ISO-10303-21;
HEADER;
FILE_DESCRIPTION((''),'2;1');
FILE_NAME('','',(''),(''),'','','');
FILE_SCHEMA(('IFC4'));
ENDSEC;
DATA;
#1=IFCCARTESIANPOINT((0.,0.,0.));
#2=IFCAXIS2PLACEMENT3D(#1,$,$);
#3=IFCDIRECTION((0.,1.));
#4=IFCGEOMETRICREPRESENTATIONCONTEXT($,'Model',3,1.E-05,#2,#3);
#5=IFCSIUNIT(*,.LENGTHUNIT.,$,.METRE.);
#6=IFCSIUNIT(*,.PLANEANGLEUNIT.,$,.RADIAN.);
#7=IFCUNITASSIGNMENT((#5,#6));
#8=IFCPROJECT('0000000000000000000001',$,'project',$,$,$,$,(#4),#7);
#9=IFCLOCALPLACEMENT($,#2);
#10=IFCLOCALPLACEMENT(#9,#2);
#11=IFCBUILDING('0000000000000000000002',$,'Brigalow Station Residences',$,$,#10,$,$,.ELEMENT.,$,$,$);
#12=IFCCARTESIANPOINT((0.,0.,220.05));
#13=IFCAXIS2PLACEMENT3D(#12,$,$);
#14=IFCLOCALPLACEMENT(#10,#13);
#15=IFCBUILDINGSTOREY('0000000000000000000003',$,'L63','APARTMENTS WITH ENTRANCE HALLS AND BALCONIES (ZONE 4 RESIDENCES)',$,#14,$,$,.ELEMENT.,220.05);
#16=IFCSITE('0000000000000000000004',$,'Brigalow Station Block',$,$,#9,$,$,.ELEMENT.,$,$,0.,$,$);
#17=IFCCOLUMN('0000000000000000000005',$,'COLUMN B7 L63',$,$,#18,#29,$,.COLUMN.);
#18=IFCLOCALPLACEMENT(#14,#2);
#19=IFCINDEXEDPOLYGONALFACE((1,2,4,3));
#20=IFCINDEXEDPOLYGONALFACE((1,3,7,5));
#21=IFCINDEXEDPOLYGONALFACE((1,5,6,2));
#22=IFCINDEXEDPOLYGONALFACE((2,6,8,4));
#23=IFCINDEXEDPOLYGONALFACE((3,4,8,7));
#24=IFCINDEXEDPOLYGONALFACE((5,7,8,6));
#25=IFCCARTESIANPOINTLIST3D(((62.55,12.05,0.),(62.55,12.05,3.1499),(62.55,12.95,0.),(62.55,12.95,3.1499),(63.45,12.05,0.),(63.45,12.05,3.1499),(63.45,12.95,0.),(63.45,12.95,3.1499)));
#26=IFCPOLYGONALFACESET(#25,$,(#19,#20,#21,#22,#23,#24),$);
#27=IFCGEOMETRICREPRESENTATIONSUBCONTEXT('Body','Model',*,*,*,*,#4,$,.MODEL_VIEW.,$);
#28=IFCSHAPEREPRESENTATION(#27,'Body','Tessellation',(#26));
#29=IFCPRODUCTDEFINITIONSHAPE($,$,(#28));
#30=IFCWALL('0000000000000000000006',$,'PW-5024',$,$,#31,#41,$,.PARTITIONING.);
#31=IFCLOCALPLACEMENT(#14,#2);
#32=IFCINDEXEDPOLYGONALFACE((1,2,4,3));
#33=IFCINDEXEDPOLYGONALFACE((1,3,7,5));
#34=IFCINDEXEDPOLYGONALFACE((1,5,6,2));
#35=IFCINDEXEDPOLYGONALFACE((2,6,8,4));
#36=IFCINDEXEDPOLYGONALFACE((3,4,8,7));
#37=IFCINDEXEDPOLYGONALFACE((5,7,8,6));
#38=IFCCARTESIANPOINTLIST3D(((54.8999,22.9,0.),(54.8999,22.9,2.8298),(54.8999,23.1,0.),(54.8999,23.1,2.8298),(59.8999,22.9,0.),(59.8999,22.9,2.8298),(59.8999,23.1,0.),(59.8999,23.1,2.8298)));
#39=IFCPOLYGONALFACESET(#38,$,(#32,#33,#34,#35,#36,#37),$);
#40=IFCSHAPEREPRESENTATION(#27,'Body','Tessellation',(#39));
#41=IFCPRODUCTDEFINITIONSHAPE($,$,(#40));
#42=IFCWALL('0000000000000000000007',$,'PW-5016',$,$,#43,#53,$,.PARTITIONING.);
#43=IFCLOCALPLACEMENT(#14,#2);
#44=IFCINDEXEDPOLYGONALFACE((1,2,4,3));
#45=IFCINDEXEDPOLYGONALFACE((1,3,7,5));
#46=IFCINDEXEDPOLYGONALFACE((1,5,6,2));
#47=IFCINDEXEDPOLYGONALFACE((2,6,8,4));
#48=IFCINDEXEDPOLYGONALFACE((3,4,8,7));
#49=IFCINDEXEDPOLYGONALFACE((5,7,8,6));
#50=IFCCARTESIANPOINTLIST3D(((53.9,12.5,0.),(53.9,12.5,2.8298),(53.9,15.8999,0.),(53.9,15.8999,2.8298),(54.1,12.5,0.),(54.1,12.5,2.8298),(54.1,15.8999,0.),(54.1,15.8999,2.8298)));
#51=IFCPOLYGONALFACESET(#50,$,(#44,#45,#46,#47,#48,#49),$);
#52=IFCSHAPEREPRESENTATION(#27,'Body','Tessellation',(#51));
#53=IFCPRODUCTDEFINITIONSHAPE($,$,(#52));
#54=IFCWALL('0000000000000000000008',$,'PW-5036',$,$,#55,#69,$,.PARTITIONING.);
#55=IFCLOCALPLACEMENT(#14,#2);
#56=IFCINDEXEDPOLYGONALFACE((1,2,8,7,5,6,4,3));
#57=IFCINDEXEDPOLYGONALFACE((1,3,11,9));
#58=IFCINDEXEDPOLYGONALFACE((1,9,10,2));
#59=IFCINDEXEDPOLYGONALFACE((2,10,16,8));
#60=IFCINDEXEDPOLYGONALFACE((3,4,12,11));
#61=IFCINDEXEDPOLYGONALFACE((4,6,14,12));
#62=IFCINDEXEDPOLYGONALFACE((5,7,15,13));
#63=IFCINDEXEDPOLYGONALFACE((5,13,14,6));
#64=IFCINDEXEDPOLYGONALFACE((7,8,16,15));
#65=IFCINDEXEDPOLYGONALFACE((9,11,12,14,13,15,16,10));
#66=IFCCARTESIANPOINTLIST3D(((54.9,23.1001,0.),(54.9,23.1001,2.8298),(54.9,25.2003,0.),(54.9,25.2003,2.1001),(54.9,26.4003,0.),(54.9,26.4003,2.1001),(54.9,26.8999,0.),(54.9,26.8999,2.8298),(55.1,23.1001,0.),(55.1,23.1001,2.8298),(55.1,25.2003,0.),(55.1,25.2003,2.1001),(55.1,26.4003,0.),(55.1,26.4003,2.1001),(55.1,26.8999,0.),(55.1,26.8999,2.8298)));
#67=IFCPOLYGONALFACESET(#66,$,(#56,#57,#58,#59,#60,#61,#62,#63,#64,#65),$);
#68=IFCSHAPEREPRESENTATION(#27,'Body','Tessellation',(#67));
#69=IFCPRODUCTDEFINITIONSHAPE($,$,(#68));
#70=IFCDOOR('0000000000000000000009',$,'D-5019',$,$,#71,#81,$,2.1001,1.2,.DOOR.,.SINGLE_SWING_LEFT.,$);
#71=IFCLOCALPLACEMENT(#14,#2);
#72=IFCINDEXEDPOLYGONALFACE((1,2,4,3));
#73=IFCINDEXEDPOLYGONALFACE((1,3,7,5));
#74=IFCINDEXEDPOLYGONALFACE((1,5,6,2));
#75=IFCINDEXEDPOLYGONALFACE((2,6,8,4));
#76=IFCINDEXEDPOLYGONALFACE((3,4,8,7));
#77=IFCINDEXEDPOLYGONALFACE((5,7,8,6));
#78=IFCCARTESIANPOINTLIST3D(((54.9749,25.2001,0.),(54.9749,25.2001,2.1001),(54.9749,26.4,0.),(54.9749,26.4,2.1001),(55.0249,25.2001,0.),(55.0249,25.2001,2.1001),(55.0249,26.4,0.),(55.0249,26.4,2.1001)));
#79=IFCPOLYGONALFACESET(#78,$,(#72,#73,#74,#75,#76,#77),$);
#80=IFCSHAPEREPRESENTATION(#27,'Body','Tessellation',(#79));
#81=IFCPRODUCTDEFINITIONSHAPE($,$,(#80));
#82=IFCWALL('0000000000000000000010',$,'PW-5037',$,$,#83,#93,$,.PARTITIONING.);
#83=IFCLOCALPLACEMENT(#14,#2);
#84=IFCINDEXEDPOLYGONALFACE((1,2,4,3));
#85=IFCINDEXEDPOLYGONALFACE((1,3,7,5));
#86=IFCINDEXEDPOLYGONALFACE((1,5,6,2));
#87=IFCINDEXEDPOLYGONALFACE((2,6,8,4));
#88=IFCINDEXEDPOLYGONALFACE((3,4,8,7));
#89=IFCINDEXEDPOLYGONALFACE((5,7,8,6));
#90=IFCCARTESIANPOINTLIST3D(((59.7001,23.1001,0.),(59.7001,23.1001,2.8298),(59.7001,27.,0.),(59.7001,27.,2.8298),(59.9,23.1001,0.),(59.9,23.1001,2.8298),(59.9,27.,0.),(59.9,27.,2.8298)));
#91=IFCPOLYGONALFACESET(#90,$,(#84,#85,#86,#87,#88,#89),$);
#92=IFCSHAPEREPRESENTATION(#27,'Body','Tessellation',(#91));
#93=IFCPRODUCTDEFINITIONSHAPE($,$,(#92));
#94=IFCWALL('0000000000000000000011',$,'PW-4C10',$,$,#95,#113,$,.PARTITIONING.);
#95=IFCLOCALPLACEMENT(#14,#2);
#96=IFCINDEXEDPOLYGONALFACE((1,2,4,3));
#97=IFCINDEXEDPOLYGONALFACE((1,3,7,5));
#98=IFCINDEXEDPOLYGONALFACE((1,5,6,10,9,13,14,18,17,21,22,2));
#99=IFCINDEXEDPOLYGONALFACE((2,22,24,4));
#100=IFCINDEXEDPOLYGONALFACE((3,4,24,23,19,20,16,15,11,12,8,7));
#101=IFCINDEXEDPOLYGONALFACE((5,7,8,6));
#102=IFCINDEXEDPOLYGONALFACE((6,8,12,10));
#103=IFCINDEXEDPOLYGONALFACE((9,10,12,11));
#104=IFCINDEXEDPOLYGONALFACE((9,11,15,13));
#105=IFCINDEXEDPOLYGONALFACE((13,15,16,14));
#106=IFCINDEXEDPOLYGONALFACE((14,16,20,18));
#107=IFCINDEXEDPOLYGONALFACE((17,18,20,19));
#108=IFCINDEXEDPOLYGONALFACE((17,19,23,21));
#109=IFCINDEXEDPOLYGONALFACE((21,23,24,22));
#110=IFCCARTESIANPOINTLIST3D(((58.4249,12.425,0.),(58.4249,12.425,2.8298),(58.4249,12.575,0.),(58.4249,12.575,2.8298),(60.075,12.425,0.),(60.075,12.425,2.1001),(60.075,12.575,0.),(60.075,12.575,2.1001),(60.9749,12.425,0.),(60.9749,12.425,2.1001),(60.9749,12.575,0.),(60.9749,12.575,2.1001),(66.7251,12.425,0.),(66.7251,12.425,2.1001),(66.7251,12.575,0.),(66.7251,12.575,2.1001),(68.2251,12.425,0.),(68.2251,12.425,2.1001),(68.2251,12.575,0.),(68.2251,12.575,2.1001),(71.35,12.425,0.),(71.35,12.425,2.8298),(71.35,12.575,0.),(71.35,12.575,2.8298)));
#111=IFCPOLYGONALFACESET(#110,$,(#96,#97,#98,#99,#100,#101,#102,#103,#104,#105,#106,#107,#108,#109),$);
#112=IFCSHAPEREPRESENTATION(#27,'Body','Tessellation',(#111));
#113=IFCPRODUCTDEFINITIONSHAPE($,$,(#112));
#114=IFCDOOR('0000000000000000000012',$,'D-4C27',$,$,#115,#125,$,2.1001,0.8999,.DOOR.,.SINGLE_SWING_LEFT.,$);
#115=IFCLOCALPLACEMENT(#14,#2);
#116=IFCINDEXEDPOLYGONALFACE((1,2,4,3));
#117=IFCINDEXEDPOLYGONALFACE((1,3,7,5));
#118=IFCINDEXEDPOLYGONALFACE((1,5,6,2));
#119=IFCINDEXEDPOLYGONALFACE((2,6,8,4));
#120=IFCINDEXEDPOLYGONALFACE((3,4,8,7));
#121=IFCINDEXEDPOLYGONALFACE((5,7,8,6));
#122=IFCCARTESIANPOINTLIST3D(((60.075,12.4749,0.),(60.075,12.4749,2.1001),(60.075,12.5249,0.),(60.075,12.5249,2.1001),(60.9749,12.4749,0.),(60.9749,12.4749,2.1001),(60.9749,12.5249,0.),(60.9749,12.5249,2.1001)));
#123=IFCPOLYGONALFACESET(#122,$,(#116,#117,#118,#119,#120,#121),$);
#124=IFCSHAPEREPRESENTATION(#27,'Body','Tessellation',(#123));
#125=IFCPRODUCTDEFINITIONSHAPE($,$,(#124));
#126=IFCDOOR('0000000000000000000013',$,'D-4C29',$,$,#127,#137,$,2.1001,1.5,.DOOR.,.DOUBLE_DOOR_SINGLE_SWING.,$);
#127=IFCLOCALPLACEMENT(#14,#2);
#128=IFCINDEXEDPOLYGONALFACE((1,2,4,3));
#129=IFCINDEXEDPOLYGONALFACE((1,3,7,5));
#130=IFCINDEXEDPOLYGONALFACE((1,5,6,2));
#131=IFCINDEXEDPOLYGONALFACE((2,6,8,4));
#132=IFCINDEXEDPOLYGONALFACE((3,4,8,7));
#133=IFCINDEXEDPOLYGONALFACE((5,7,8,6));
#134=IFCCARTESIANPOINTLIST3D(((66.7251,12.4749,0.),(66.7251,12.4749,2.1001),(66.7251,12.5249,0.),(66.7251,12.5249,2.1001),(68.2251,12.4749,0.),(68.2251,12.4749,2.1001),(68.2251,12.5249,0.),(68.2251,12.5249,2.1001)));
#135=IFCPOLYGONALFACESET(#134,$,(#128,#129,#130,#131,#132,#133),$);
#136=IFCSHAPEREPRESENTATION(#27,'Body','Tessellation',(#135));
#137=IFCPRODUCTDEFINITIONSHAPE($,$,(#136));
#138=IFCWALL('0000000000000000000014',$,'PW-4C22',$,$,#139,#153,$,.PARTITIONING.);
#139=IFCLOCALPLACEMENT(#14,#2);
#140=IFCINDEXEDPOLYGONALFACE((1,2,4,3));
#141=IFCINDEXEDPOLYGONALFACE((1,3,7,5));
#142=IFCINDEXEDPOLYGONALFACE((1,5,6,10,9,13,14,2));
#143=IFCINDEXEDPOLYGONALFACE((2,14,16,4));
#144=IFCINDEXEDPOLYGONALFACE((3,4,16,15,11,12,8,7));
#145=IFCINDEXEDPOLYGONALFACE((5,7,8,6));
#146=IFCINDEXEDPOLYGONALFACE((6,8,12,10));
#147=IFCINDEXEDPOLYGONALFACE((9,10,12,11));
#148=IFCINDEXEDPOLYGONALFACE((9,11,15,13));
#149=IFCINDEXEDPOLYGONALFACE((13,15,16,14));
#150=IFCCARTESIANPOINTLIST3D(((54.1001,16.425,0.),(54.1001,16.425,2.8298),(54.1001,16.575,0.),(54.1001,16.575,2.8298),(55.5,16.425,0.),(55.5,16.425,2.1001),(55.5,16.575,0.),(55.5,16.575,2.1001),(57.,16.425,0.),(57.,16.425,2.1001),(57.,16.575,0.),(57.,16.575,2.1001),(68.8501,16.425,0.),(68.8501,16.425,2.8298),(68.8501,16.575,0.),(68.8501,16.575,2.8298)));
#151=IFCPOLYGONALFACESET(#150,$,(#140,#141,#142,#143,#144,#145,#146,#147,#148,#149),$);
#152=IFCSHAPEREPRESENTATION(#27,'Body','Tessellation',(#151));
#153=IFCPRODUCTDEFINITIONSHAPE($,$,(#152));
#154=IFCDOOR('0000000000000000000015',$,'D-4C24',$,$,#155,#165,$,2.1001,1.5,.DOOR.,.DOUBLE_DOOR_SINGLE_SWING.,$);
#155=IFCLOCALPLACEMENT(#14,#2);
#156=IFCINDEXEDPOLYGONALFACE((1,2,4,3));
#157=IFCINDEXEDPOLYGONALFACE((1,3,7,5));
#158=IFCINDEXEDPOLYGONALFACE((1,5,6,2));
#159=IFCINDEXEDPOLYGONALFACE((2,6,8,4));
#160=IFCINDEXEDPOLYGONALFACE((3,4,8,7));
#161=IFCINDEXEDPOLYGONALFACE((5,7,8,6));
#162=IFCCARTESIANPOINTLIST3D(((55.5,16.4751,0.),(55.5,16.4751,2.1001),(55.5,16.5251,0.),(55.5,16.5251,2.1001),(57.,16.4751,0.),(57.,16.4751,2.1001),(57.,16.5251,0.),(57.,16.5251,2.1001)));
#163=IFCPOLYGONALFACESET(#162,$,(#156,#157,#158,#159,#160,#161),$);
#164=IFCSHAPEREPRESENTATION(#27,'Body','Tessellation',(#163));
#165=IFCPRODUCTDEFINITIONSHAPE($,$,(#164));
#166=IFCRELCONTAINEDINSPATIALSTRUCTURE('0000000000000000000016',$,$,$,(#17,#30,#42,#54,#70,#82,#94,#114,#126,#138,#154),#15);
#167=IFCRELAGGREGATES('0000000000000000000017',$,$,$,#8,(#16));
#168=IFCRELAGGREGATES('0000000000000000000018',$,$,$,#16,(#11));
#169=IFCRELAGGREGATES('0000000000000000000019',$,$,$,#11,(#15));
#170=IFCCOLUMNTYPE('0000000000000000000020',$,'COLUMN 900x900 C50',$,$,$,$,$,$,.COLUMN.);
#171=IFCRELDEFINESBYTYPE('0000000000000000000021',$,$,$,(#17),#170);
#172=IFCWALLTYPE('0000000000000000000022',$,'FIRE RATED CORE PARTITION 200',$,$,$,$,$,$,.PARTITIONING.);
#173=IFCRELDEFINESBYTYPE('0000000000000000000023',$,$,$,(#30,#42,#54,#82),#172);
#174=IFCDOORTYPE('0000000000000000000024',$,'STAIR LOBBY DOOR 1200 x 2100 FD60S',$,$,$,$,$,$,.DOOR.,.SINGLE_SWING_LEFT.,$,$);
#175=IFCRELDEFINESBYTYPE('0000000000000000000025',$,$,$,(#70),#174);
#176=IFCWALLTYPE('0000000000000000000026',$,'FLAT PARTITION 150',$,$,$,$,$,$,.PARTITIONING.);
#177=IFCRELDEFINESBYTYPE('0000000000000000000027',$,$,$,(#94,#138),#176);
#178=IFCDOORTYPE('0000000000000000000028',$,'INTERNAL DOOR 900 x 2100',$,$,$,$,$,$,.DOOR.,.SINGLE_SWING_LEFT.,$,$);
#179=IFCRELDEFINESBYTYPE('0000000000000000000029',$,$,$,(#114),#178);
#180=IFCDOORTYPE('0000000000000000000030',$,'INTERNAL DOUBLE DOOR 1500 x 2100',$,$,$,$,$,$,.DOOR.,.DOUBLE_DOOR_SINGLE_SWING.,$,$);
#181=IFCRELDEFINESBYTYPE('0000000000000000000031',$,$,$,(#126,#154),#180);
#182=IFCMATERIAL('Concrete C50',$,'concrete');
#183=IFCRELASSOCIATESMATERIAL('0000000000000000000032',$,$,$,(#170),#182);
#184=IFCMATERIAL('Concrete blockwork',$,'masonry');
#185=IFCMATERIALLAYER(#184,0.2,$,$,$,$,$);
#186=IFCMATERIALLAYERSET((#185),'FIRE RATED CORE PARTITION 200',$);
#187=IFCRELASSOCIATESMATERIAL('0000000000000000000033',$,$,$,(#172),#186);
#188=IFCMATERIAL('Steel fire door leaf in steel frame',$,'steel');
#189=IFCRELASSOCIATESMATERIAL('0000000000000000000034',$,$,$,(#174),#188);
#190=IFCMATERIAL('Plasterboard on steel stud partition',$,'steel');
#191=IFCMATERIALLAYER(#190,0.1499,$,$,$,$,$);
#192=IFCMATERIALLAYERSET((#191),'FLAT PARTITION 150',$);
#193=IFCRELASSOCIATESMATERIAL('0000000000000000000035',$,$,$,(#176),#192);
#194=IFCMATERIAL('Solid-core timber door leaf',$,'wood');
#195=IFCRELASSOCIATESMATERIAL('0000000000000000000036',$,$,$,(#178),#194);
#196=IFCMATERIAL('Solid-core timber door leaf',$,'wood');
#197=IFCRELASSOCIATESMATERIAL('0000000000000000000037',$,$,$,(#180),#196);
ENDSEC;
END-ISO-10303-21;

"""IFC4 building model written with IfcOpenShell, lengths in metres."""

from ifc_helpers import new_model, si_unit, direction, frame, frame_2d, origin, origin_2d, place, context, subcontext, project, spatial, rectangle, extrude, material, layer, layer_set, material_profile, profile_set, type_object, element, fill, save


model = new_model("IFC4")

# Units and contexts
model_context = context("Model", 3, precision=1e-05, world=origin(), true_north=direction((0.0, 1.0)))
body_context = subcontext(model_context, "Body", "Model", "MODEL_VIEW")
ifc_project = project(units=[si_unit("LENGTHUNIT", "METRE"), si_unit("PLANEANGLEUNIT", "RADIAN")], contexts=[model_context])

# Site, building, storey
site_placement = place(None, origin())
site = spatial("IfcSite", under=ifc_project, at=site_placement, Name="Brigalow Station Block", CompositionType="ELEMENT", RefElevation=0.0)
building_placement = place(site_placement, origin())
building = spatial("IfcBuilding", under=site, at=building_placement, Name="Brigalow Station Residences", CompositionType="ELEMENT")
storey_placement = place(building_placement, frame((0.0, 0.0, 220.05)))
storey = spatial("IfcBuildingStorey", under=building, at=storey_placement, Name="L63", Description="APARTMENTS WITH ENTRANCE HALLS AND BALCONIES (ZONE 4 RESIDENCES)", CompositionType="ELEMENT", Elevation=220.05)

# Column
ifc_material_1 = material(Name="Concrete C50", Category="concrete")
ifc_material_profile = material_profile(ifc_material_1, rectangle(XDim=0.8999, YDim=0.8999, at=origin_2d()), Name="RC900x900")
ifc_profile_set = profile_set([ifc_material_profile], Name="Concrete C50")
column_type = type_object("IfcColumnType", Name="COLUMN 900x900 C50", PredefinedType="COLUMN", material=ifc_profile_set)
column_placement = place(storey_placement, frame((63.0, 12.5, 0.0), z_axis=(0.0, 0.0, 1.0), x_axis=(1.0, 0.0, 0.0)))
element("IfcColumn", 1, at=column_placement, inside=storey, type_object=column_type, Name="COLUMN B7 L63", PredefinedType="COLUMN", context=body_context, shape_type="SweptSolid", body=[
    extrude(rectangle(XDim=0.8999, YDim=0.8999, at=origin_2d()), origin(), (0.0, 0.0, 1.0), 3.1499),
])

# Walls
ifc_material_2 = material(Name="Concrete blockwork", Category="masonry")
ifc_layer_1 = layer(ifc_material_2, 0.2)
ifc_layer_set_1 = layer_set([ifc_layer_1], Name="FIRE RATED CORE PARTITION 200")
wall_type_1 = type_object("IfcWallType", Name="FIRE RATED CORE PARTITION 200", PredefinedType="PARTITIONING", material=ifc_layer_set_1)
wall_1_placement = place(storey_placement, frame((54.8999, 23.0, 0.0), z_axis=(0.0, 0.0, 1.0), x_axis=(1.0, 0.0, 0.0)))
element("IfcWall", 2, at=wall_1_placement, inside=storey, type_object=wall_type_1, Name="PW-5024", PredefinedType="PARTITIONING", context=body_context, shape_type="SweptSolid", body=[
    extrude(rectangle(XDim=5.0, YDim=0.2, at=frame_2d((2.5, 0.0))), origin(), (0.0, 0.0, 1.0), 2.8298),
])
wall_2_placement = place(storey_placement, frame((54.0, 12.5, 0.0), z_axis=(0.0, 0.0, 1.0), x_axis=(0.0, 1.0, 0.0)))
element("IfcWall", 3, at=wall_2_placement, inside=storey, type_object=wall_type_1, Name="PW-5016", PredefinedType="PARTITIONING", context=body_context, shape_type="SweptSolid", body=[
    extrude(rectangle(XDim=3.3999, YDim=0.2, at=frame_2d((1.7, 0.0))), origin(), (0.0, 0.0, 1.0), 2.8298),
])

# Wall, opening, door
wall_3_placement = place(storey_placement, frame((55.0, 23.1001, 0.0), z_axis=(0.0, 0.0, 1.0), x_axis=(0.0, 1.0, 0.0)))
wall_3 = element("IfcWall", 4, at=wall_3_placement, inside=storey, type_object=wall_type_1, Name="PW-5036", PredefinedType="PARTITIONING", context=body_context, shape_type="SweptSolid", body=[
    extrude(rectangle(XDim=3.7998, YDim=0.2, at=frame_2d((1.8999, 0.0))), origin(), (0.0, 0.0, 1.0), 2.8298),
])
opening_1_placement = place(wall_3_placement, frame((2.1001, 0.0, 0.0)))
opening_1 = element("IfcOpeningElement", 5, at=opening_1_placement, cuts=wall_3, PredefinedType="OPENING", context=body_context, shape_type="SweptSolid", body=[
    extrude(rectangle(XDim=1.2, YDim=2.1001, at=frame_2d((0.6001, 1.05))), frame((0.0, 0.1099, 0.0), z_axis=(0.0, -1.0, 0.0), x_axis=(1.0, 0.0, 0.0)), (0.0, 0.0, 1.0), 0.22),
])
ifc_material_3 = material(Name="Steel fire door leaf in steel frame", Category="steel")
door_type_1 = type_object("IfcDoorType", Name="STAIR LOBBY DOOR 1200 x 2100 FD60S", OperationType="SINGLE_SWING_LEFT", PredefinedType="DOOR", material=ifc_material_3)
door_1_placement = place(opening_1_placement, frame((1.2, 0.0, 0.0), z_axis=(0.0, 0.0, 1.0), x_axis=(-1.0, 0.0, 0.0)))
door_1 = element("IfcDoor", 6, at=door_1_placement, inside=storey, type_object=door_type_1, Name="D-5019", OperationType="SINGLE_SWING_LEFT", OverallHeight=2.1001, OverallWidth=1.2, PredefinedType="DOOR", context=body_context, shape_type="SweptSolid", body=[
    extrude(rectangle(XDim=1.2, YDim=2.1001, at=frame_2d((0.6001, 1.05))), frame((0.0, 0.0249, 0.0), z_axis=(0.0, -1.0, 0.0), x_axis=(1.0, 0.0, 0.0)), (0.0, 0.0, 1.0), 0.05),
])
fill(opening_1, door_1)

# Wall
wall_4_placement = place(storey_placement, frame((59.8, 23.1001, 0.0), z_axis=(0.0, 0.0, 1.0), x_axis=(0.0, 1.0, 0.0)))
element("IfcWall", 7, at=wall_4_placement, inside=storey, type_object=wall_type_1, Name="PW-5037", PredefinedType="PARTITIONING", context=body_context, shape_type="SweptSolid", body=[
    extrude(rectangle(XDim=3.8999, YDim=0.2, at=frame_2d((1.95, 0.0))), origin(), (0.0, 0.0, 1.0), 2.8298),
])

# Wall, openings, doors
ifc_material_4 = material(Name="Plasterboard on steel stud partition", Category="steel")
ifc_layer_2 = layer(ifc_material_4, 0.1499)
ifc_layer_set_2 = layer_set([ifc_layer_2], Name="FLAT PARTITION 150")
wall_type_2 = type_object("IfcWallType", Name="FLAT PARTITION 150", PredefinedType="PARTITIONING", material=ifc_layer_set_2)
wall_5_placement = place(storey_placement, frame((58.425, 12.5, 0.0), z_axis=(0.0, 0.0, 1.0), x_axis=(1.0, 0.0, 0.0)))
wall_5 = element("IfcWall", 8, at=wall_5_placement, inside=storey, type_object=wall_type_2, Name="PW-4C10", PredefinedType="PARTITIONING", context=body_context, shape_type="SweptSolid", body=[
    extrude(rectangle(XDim=12.925, YDim=0.1499, at=frame_2d((6.4624, 0.0))), origin(), (0.0, 0.0, 1.0), 2.8298),
])
opening_2_placement = place(wall_5_placement, frame((1.6499, 0.0, 0.0)))
opening_2 = element("IfcOpeningElement", 9, at=opening_2_placement, cuts=wall_5, PredefinedType="OPENING", context=body_context, shape_type="SweptSolid", body=[
    extrude(rectangle(XDim=0.8999, YDim=2.1001, at=frame_2d((0.45, 1.05))), frame((0.0, 0.085, 0.0), z_axis=(0.0, -1.0, 0.0), x_axis=(1.0, 0.0, 0.0)), (0.0, 0.0, 1.0), 0.1699),
])
opening_3_placement = place(wall_5_placement, frame((8.3, 0.0, 0.0)))
opening_3 = element("IfcOpeningElement", 10, at=opening_3_placement, cuts=wall_5, PredefinedType="OPENING", context=body_context, shape_type="SweptSolid", body=[
    extrude(rectangle(XDim=1.5, YDim=2.1001, at=frame_2d((0.75, 1.05))), frame((0.0, 0.085, 0.0), z_axis=(0.0, -1.0, 0.0), x_axis=(1.0, 0.0, 0.0)), (0.0, 0.0, 1.0), 0.1699),
])
ifc_material_5 = material(Name="Solid-core timber door leaf", Category="wood")
door_type_2 = type_object("IfcDoorType", Name="INTERNAL DOOR 900 x 2100", OperationType="SINGLE_SWING_LEFT", PredefinedType="DOOR", material=ifc_material_5)
door_2_placement = place(opening_2_placement, origin())
door_2 = element("IfcDoor", 11, at=door_2_placement, inside=storey, type_object=door_type_2, Name="D-4C27", OperationType="SINGLE_SWING_LEFT", OverallHeight=2.1001, OverallWidth=0.8999, PredefinedType="DOOR", context=body_context, shape_type="SweptSolid", body=[
    extrude(rectangle(XDim=0.8999, YDim=2.1001, at=frame_2d((0.45, 1.05))), frame((0.0, 0.0249, 0.0), z_axis=(0.0, -1.0, 0.0), x_axis=(1.0, 0.0, 0.0)), (0.0, 0.0, 1.0), 0.05),
])
fill(opening_2, door_2)
ifc_material_6 = material(Name="Solid-core timber door leaf", Category="wood")
door_type_3 = type_object("IfcDoorType", Name="INTERNAL DOUBLE DOOR 1500 x 2100", OperationType="DOUBLE_DOOR_SINGLE_SWING", PredefinedType="DOOR", material=ifc_material_6)
door_3_placement = place(opening_3_placement, origin())
door_3 = element("IfcDoor", 12, at=door_3_placement, inside=storey, type_object=door_type_3, Name="D-4C29", OperationType="DOUBLE_DOOR_SINGLE_SWING", OverallHeight=2.1001, OverallWidth=1.5, PredefinedType="DOOR", context=body_context, shape_type="SweptSolid", body=[
    extrude(rectangle(XDim=1.5, YDim=2.1001, at=frame_2d((0.75, 1.05))), frame((0.0, 0.0249, 0.0), z_axis=(0.0, -1.0, 0.0), x_axis=(1.0, 0.0, 0.0)), (0.0, 0.0, 1.0), 0.05),
])
fill(opening_3, door_3)

# Wall, opening, door
wall_6_placement = place(storey_placement, frame((54.1001, 16.5, 0.0), z_axis=(0.0, 0.0, 1.0), x_axis=(1.0, 0.0, 0.0)))
wall_6 = element("IfcWall", 13, at=wall_6_placement, inside=storey, type_object=wall_type_2, Name="PW-4C22", PredefinedType="PARTITIONING", context=body_context, shape_type="SweptSolid", body=[
    extrude(rectangle(XDim=14.75, YDim=0.1499, at=frame_2d((7.375, 0.0))), origin(), (0.0, 0.0, 1.0), 2.8298),
])
opening_4_placement = place(wall_6_placement, frame((1.3999, 0.0, 0.0)))
opening_4 = element("IfcOpeningElement", 14, at=opening_4_placement, cuts=wall_6, PredefinedType="OPENING", context=body_context, shape_type="SweptSolid", body=[
    extrude(rectangle(XDim=1.5, YDim=2.1001, at=frame_2d((0.75, 1.05))), frame((0.0, 0.085, 0.0), z_axis=(0.0, -1.0, 0.0), x_axis=(1.0, 0.0, 0.0)), (0.0, 0.0, 1.0), 0.1699),
])
door_4_placement = place(opening_4_placement, frame((1.5, 0.0, 0.0), z_axis=(0.0, 0.0, 1.0), x_axis=(-1.0, 0.0, 0.0)))
door_4 = element("IfcDoor", 15, at=door_4_placement, inside=storey, type_object=door_type_3, Name="D-4C24", OperationType="DOUBLE_DOOR_SINGLE_SWING", OverallHeight=2.1001, OverallWidth=1.5, PredefinedType="DOOR", context=body_context, shape_type="SweptSolid", body=[
    extrude(rectangle(XDim=1.5, YDim=2.1001, at=frame_2d((0.75, 1.05))), frame((0.0, 0.0249, 0.0), z_axis=(0.0, -1.0, 0.0), x_axis=(1.0, 0.0, 0.0)), (0.0, 0.0, 1.0), 0.05),
])
fill(opening_4, door_4)

save(model, "model.ifc")
